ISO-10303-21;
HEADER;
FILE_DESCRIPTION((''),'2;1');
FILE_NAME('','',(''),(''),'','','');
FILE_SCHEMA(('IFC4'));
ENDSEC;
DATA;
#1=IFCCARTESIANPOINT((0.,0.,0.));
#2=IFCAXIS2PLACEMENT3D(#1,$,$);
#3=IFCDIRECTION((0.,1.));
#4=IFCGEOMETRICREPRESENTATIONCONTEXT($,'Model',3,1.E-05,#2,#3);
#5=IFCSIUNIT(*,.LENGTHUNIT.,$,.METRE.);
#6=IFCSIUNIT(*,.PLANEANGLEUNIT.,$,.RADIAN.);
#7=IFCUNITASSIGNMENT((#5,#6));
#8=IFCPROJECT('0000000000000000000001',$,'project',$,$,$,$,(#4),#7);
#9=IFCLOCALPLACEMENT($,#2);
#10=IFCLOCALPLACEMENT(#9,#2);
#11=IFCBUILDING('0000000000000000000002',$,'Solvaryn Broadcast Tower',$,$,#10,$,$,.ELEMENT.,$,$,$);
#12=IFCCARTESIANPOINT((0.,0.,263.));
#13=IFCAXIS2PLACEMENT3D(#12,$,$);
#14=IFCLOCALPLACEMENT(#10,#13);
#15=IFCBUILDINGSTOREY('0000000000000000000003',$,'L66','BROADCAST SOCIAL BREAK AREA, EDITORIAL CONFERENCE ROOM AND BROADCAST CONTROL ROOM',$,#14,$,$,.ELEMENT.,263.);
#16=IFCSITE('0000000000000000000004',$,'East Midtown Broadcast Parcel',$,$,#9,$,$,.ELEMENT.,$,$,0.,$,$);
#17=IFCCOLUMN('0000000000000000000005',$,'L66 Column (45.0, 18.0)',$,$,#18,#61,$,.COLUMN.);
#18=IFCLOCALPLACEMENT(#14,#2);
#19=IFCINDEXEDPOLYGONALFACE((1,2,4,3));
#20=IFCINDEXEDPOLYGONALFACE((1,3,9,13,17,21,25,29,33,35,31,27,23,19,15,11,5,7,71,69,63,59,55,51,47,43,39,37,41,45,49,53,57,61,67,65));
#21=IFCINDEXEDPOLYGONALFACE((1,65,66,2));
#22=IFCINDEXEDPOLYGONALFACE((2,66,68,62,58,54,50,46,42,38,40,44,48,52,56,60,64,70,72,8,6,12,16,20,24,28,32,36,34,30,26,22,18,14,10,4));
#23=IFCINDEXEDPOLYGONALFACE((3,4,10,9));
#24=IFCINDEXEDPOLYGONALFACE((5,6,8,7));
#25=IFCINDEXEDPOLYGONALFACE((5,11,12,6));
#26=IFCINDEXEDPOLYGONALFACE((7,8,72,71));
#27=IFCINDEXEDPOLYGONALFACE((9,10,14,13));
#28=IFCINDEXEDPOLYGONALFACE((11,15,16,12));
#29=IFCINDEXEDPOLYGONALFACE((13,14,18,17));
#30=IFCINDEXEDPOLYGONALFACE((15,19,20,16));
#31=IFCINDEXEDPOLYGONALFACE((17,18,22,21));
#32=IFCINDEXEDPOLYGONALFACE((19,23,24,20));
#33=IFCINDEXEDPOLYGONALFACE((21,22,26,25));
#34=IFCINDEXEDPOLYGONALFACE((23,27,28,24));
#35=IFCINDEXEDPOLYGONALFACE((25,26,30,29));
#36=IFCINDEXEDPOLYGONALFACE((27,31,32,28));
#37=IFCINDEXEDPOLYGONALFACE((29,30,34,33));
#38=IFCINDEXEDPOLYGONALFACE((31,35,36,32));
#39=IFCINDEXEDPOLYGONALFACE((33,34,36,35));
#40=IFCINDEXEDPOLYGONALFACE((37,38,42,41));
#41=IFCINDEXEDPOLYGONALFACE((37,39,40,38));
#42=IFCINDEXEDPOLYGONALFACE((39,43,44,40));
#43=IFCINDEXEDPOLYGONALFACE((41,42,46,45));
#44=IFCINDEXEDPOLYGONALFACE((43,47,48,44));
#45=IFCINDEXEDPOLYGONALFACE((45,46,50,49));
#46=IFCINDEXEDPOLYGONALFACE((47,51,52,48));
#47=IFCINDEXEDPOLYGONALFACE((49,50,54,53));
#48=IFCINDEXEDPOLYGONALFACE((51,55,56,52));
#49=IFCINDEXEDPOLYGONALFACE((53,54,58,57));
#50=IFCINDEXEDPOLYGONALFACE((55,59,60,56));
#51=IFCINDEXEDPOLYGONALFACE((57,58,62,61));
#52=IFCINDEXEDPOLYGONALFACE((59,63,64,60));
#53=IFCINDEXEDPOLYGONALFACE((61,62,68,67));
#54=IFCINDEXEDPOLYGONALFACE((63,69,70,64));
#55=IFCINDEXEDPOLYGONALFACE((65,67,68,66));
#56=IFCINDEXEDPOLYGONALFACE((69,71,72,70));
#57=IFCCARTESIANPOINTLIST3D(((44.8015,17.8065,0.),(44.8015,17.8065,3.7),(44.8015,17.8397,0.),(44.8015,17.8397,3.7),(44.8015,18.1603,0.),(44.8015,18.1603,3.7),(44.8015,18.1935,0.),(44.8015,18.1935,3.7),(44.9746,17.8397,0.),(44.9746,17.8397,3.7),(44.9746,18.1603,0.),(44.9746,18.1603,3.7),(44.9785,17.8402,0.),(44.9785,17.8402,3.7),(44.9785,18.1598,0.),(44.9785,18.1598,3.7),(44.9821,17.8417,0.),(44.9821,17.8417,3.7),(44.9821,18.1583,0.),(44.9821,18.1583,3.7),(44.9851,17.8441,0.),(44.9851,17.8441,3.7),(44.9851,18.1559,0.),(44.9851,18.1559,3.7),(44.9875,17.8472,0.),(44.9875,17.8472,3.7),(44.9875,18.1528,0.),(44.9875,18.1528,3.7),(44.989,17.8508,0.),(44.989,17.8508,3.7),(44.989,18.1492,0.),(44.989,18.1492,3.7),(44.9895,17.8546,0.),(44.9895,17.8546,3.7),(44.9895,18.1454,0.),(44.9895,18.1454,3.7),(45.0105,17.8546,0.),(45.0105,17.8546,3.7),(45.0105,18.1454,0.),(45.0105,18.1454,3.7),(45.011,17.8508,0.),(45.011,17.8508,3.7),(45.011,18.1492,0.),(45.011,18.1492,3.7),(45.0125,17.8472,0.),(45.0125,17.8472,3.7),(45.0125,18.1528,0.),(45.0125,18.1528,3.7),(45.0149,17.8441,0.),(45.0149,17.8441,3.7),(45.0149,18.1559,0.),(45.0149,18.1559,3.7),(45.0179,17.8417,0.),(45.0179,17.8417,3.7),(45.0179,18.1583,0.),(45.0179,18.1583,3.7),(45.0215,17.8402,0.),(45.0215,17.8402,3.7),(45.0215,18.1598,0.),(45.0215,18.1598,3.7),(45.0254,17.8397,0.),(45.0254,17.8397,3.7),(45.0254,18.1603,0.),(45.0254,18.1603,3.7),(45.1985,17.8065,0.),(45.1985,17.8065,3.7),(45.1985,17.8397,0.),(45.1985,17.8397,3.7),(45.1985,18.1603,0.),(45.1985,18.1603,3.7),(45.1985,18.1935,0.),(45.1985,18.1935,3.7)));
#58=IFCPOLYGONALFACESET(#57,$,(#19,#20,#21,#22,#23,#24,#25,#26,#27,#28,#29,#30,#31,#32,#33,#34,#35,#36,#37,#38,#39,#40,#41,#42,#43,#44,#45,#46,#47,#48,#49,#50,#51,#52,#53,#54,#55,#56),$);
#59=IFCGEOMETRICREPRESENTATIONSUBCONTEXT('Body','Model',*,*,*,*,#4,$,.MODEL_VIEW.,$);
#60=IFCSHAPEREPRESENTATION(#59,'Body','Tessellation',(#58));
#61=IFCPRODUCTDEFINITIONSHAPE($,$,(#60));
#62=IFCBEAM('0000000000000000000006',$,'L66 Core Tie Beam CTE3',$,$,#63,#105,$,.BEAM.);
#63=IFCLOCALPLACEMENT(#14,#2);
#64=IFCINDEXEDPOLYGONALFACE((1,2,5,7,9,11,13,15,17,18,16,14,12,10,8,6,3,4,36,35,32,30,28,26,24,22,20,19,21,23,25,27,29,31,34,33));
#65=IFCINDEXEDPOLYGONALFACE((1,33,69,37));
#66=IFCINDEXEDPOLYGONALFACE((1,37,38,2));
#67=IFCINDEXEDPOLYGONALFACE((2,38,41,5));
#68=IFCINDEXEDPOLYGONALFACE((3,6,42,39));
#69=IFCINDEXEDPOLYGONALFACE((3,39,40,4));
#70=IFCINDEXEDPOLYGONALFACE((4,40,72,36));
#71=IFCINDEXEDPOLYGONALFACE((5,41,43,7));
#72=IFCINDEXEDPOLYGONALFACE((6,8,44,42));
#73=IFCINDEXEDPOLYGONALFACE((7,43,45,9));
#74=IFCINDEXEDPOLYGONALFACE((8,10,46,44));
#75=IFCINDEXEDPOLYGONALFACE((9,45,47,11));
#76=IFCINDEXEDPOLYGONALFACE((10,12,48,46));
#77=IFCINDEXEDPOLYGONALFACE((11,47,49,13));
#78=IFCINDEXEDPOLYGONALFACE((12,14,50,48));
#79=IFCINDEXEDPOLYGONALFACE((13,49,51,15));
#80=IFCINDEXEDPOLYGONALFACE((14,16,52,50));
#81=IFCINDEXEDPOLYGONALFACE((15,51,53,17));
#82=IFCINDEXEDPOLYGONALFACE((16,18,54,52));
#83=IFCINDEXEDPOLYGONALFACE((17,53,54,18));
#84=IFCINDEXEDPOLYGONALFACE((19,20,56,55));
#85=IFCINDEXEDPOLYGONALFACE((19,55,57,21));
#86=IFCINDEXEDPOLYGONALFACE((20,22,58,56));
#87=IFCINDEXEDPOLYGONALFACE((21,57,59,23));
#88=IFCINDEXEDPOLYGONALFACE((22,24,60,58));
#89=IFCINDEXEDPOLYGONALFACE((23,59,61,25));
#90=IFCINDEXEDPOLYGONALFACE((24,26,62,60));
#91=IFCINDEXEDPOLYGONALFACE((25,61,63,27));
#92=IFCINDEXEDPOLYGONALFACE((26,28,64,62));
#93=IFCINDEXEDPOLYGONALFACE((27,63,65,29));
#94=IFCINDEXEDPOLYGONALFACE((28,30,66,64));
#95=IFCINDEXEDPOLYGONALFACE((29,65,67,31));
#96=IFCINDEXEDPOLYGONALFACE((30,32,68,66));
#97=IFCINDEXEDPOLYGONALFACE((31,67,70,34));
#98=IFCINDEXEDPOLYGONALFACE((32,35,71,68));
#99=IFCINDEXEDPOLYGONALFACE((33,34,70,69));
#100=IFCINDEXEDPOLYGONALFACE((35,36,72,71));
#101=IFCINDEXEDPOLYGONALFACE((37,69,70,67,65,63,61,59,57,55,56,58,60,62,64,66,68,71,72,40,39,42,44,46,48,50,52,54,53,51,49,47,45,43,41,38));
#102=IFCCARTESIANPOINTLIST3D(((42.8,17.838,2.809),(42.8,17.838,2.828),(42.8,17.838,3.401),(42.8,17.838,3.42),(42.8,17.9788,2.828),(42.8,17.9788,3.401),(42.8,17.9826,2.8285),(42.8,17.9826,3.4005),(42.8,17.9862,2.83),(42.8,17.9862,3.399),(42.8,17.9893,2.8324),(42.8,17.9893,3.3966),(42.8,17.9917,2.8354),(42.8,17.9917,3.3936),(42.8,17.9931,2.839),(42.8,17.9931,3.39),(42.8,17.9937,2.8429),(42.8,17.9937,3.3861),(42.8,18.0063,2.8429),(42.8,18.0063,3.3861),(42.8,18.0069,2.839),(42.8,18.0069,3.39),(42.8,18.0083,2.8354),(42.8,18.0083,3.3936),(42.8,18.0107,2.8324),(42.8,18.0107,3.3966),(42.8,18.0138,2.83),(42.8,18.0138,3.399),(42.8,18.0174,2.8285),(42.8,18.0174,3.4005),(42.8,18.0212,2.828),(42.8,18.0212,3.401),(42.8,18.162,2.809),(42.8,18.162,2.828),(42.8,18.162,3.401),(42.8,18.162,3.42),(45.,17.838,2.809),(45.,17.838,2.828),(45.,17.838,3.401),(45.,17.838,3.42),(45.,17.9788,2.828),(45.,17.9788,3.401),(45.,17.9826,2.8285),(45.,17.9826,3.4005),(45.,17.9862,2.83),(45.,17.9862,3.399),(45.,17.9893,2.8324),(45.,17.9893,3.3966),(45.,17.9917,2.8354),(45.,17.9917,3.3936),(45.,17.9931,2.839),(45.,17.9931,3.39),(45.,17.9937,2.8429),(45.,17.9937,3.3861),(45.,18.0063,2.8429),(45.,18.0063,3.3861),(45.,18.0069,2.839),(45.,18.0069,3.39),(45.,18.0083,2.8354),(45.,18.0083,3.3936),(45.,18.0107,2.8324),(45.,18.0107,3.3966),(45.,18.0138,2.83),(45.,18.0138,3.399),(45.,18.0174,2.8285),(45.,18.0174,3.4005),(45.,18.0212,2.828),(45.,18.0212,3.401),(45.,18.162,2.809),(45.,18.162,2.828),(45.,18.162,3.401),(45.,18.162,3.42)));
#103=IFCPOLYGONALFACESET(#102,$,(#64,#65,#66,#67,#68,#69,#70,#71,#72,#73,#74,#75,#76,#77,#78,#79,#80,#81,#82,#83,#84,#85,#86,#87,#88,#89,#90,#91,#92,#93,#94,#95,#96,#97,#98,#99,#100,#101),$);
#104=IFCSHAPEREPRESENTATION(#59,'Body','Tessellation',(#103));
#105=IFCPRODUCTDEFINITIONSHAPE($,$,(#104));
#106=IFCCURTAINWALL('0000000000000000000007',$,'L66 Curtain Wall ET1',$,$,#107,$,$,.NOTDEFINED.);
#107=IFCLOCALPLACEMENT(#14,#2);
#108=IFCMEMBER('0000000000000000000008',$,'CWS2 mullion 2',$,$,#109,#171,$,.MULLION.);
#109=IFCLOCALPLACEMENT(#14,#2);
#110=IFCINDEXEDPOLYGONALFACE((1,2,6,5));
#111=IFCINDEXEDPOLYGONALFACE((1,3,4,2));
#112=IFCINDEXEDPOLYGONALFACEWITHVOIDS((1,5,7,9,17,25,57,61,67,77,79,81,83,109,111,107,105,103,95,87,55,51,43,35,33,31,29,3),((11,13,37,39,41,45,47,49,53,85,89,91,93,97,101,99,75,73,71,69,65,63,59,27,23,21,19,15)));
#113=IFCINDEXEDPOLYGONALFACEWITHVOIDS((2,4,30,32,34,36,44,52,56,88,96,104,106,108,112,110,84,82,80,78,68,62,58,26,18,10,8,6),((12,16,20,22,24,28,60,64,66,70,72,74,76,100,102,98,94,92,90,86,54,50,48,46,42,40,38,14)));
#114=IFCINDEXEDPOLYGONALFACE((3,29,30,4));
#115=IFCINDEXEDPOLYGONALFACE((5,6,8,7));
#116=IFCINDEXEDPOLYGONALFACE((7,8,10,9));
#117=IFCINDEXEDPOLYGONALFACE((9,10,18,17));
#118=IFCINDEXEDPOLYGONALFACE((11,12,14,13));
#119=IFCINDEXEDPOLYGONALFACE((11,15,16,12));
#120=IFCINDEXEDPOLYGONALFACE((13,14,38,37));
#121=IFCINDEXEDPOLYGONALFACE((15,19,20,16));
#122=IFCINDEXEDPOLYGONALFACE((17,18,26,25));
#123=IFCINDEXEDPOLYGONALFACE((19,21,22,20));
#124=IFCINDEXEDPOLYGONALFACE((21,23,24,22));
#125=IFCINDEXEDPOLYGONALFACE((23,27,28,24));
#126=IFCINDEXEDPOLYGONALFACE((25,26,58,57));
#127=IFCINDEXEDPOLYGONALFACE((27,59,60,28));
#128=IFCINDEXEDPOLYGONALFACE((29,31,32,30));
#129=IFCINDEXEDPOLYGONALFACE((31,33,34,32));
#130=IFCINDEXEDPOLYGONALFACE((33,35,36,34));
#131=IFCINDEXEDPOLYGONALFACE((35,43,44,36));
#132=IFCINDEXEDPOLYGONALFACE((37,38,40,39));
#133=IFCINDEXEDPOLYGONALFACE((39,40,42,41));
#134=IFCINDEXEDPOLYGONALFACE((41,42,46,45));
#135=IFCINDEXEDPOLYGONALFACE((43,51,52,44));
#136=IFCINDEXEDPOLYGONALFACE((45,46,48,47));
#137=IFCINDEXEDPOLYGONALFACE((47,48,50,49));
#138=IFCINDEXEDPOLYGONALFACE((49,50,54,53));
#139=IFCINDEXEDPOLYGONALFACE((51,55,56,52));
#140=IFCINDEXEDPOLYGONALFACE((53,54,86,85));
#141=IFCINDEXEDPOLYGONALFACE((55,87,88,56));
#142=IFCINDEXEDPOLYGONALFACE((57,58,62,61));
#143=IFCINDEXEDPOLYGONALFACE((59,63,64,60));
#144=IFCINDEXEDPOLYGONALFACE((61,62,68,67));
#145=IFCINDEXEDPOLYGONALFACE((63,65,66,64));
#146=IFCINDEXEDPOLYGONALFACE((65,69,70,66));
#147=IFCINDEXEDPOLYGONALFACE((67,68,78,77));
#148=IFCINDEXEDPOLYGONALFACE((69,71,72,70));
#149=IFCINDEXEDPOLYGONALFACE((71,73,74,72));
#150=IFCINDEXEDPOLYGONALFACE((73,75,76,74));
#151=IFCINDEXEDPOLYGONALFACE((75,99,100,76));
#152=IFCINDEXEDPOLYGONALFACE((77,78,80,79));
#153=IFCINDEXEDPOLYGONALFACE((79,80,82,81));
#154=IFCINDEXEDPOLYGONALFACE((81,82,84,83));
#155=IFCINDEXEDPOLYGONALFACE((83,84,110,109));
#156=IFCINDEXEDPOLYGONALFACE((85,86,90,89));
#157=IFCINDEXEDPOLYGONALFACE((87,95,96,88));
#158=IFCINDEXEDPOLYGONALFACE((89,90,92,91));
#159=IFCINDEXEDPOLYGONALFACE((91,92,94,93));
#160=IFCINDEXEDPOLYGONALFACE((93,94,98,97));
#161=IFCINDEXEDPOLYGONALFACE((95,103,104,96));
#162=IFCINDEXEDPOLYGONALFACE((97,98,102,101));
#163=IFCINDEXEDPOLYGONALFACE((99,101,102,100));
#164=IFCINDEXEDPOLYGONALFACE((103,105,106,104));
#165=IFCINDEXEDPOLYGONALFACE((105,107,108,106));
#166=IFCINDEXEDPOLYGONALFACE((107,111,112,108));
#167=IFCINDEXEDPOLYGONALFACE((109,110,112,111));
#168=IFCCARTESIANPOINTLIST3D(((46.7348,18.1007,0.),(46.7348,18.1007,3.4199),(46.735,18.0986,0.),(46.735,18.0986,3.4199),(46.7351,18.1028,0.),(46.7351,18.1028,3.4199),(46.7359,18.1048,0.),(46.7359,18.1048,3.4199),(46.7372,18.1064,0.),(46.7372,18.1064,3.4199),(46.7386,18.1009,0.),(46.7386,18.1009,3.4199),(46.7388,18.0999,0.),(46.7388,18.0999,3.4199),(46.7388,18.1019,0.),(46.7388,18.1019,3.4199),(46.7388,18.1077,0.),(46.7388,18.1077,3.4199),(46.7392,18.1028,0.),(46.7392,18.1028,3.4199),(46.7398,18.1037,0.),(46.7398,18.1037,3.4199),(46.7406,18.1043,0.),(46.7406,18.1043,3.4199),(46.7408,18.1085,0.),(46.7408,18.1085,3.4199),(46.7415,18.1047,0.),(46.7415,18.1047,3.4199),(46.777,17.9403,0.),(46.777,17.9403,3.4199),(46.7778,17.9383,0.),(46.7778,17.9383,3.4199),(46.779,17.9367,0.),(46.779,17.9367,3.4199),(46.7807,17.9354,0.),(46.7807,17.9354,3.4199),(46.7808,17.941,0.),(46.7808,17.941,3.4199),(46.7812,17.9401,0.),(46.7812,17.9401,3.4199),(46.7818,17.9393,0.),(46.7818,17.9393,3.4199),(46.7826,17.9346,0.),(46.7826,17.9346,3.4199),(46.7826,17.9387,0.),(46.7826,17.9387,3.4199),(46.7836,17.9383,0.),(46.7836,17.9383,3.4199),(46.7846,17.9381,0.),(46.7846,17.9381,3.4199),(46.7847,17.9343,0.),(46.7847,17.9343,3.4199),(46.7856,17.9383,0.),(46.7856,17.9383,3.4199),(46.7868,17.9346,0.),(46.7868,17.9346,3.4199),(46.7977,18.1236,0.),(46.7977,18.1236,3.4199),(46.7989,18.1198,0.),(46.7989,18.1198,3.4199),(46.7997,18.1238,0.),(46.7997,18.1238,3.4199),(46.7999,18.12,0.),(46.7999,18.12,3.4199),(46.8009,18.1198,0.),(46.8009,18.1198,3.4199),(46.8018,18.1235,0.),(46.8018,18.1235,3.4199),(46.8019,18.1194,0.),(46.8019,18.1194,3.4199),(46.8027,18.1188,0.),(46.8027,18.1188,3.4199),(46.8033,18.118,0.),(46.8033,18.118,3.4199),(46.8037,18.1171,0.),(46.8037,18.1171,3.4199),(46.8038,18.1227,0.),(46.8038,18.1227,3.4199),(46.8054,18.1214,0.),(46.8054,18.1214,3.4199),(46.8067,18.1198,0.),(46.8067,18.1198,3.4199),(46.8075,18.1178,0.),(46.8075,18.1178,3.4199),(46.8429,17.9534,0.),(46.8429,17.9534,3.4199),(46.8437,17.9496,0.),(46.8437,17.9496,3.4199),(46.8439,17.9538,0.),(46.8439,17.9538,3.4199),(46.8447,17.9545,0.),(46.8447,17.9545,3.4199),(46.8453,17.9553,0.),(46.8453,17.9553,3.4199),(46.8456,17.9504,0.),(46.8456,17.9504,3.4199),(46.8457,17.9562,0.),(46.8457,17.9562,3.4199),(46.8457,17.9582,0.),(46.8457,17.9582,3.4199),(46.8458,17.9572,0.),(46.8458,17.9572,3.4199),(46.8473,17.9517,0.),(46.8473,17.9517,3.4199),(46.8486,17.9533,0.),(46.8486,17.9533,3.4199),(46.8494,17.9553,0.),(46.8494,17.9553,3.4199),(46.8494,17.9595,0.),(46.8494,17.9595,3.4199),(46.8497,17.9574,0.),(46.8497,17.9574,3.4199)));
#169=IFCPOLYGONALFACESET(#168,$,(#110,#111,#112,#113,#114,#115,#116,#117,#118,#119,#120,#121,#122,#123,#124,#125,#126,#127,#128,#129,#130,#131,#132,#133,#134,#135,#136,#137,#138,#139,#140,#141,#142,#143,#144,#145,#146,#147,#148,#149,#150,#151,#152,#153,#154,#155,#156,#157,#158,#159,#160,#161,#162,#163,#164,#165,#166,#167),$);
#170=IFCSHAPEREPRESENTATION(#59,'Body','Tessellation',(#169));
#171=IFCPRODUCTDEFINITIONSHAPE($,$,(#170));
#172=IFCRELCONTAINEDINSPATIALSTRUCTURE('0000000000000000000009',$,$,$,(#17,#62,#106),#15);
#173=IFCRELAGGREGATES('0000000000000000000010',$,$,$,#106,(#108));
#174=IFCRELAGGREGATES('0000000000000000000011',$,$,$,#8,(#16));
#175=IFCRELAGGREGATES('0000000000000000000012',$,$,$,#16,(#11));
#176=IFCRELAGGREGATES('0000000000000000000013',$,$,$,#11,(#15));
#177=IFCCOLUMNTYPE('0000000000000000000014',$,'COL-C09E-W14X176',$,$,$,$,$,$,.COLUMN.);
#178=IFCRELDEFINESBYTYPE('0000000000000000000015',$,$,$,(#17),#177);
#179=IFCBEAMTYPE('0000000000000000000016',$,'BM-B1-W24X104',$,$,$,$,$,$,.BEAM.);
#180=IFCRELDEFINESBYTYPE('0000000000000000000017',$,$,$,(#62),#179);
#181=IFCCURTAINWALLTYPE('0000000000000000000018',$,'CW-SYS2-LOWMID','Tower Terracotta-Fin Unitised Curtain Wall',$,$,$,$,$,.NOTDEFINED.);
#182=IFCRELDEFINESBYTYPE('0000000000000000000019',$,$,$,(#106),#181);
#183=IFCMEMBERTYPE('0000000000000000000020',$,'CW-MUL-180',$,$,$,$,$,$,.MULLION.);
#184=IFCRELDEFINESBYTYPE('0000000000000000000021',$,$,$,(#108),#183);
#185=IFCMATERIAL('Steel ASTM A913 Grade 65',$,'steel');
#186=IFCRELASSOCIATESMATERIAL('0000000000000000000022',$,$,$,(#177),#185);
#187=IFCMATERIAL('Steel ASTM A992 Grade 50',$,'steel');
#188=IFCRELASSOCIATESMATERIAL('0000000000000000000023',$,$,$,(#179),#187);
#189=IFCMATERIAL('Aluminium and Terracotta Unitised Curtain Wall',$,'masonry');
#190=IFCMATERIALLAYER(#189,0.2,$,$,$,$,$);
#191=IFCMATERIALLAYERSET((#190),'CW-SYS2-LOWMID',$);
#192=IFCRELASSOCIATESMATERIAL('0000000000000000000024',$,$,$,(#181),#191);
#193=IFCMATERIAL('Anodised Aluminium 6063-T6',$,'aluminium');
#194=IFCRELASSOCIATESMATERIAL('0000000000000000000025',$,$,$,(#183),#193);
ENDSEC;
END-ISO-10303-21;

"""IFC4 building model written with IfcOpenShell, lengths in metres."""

from ifc_helpers import new_model, si_unit, direction, frame, origin, origin_2d, place, context, subcontext, project, spatial, hollow_rectangle, i_section, extrude, material, layer, layer_set, material_profile, profile_set, type_object, element, aggregate, save


model = new_model("IFC4")

# Units and contexts
model_context = context("Model", 3, precision=1e-05, world=origin(), true_north=direction((0.0, 1.0)))
body_context = subcontext(model_context, "Body", "Model", "MODEL_VIEW")
ifc_project = project(units=[si_unit("LENGTHUNIT", "METRE"), si_unit("PLANEANGLEUNIT", "RADIAN")], contexts=[model_context])

# Site, building, storey
site_placement = place(None, origin())
site = spatial("IfcSite", under=ifc_project, at=site_placement, Name="East Midtown Broadcast Parcel", CompositionType="ELEMENT", RefElevation=0.0)
building_placement = place(site_placement, origin())
building = spatial("IfcBuilding", under=site, at=building_placement, Name="Solvaryn Broadcast Tower", CompositionType="ELEMENT")
storey_placement = place(building_placement, frame((0.0, 0.0, 263.0)))
storey = spatial("IfcBuildingStorey", under=building, at=storey_placement, Name="L66", Description="BROADCAST SOCIAL BREAK AREA, EDITORIAL CONFERENCE ROOM AND BROADCAST CONTROL ROOM", CompositionType="ELEMENT", Elevation=263.0)

# Column
ifc_material_1 = material(Name="Steel ASTM A913 Grade 65", Category="steel")
ifc_material_profile_1 = material_profile(ifc_material_1, i_section(OverallWidth=0.397, OverallDepth=0.387, WebThickness=0.021, FlangeThickness=0.0332, FilletRadius=0.0149, at=origin_2d()))
ifc_profile_set_1 = profile_set([ifc_material_profile_1], Name="Steel ASTM A913 Grade 65")
column_type = type_object("IfcColumnType", Name="COL-C09E-W14X176", PredefinedType="COLUMN", material=ifc_profile_set_1)
column_placement = place(storey_placement, frame((45.0, 18.0, 0.0), z_axis=(0.0, 0.0, 1.0), x_axis=(1.0, 0.0, 0.0)))
element("IfcColumn", 1, at=column_placement, inside=storey, type_object=column_type, Name="L66 Column (45.0, 18.0)", PredefinedType="COLUMN", context=body_context, shape_type="SweptSolid", body=[
    extrude(i_section(OverallWidth=0.397, OverallDepth=0.387, WebThickness=0.021, FlangeThickness=0.0332, FilletRadius=0.0149, at=origin_2d()), origin(), (0.0, 0.0, 1.0), 3.7),
])

# Beam
ifc_material_2 = material(Name="Steel ASTM A992 Grade 50", Category="steel")
ifc_material_profile_2 = material_profile(ifc_material_2, i_section(OverallWidth=0.324, OverallDepth=0.6111, WebThickness=0.0127, FlangeThickness=0.019, FilletRadius=0.0149, at=origin_2d()))
ifc_profile_set_2 = profile_set([ifc_material_profile_2], Name="Steel ASTM A992 Grade 50")
beam_type = type_object("IfcBeamType", Name="BM-B1-W24X104", PredefinedType="BEAM", material=ifc_profile_set_2)
beam_placement = place(storey_placement, frame((42.8, 18.0, 3.1145), z_axis=(1.0, 0.0, 0.0), x_axis=(0.0, 1.0, 0.0)))
element("IfcBeam", 2, at=beam_placement, inside=storey, type_object=beam_type, Name="L66 Core Tie Beam CTE3", PredefinedType="BEAM", context=body_context, shape_type="SweptSolid", body=[
    extrude(i_section(OverallWidth=0.324, OverallDepth=0.6111, WebThickness=0.0127, FlangeThickness=0.019, FilletRadius=0.0149, at=origin_2d()), origin(), (0.0, 0.0, 1.0), 2.2),
])

# Curtain wall, member
ifc_material_3 = material(Name="Aluminium and Terracotta Unitised Curtain Wall", Category="masonry")
ifc_layer_1 = layer(ifc_material_3, 0.2)
ifc_layer_set_1 = layer_set([ifc_layer_1], Name="CW-SYS2-LOWMID")
curtain_wall_type = type_object("IfcCurtainWallType", Name="CW-SYS2-LOWMID", Description="Tower Terracotta-Fin Unitised Curtain Wall", PredefinedType="NOTDEFINED", material=ifc_layer_set_1)
curtain_wall_1_placement = place(storey_placement, origin())
curtain_wall_1 = element("IfcCurtainWall", 3, at=curtain_wall_1_placement, inside=storey, type_object=curtain_wall_type, Name="L66 Curtain Wall ET1", PredefinedType="NOTDEFINED")
ifc_material_4 = material(Name="Anodised Aluminium 6063-T6", Category="aluminium")
ifc_material_profile_3 = material_profile(ifc_material_4, hollow_rectangle(XDim=0.075, YDim=0.1799, WallThickness=0.0039, InnerFilletRadius=0.0039, OuterFilletRadius=0.0081, at=origin_2d()))
ifc_profile_set_3 = profile_set([ifc_material_profile_3], Name="Anodised Aluminium 6063-T6")
member_type_1 = type_object("IfcMemberType", Name="CW-MUL-180", PredefinedType="MULLION", material=ifc_profile_set_3)
member_1_placement = place(storey_placement, frame((46.7922, 18.0291, 0.0), z_axis=(0.0, 0.0, 1.0), x_axis=(0.966705, 0.255893, 0.0)))
member_1 = element("IfcMember", 4, at=member_1_placement, type_object=member_type_1, Name="CWS2 mullion 2", PredefinedType="MULLION", context=body_context, shape_type="SweptSolid", body=[
    extrude(hollow_rectangle(XDim=0.075, YDim=0.1799, WallThickness=0.0039, InnerFilletRadius=0.0039, OuterFilletRadius=0.0081, at=origin_2d()), origin(), (0.0, 0.0, 1.0), 3.4199),
])

aggregate(curtain_wall_1, [member_1])

save(model, "model.ifc")
